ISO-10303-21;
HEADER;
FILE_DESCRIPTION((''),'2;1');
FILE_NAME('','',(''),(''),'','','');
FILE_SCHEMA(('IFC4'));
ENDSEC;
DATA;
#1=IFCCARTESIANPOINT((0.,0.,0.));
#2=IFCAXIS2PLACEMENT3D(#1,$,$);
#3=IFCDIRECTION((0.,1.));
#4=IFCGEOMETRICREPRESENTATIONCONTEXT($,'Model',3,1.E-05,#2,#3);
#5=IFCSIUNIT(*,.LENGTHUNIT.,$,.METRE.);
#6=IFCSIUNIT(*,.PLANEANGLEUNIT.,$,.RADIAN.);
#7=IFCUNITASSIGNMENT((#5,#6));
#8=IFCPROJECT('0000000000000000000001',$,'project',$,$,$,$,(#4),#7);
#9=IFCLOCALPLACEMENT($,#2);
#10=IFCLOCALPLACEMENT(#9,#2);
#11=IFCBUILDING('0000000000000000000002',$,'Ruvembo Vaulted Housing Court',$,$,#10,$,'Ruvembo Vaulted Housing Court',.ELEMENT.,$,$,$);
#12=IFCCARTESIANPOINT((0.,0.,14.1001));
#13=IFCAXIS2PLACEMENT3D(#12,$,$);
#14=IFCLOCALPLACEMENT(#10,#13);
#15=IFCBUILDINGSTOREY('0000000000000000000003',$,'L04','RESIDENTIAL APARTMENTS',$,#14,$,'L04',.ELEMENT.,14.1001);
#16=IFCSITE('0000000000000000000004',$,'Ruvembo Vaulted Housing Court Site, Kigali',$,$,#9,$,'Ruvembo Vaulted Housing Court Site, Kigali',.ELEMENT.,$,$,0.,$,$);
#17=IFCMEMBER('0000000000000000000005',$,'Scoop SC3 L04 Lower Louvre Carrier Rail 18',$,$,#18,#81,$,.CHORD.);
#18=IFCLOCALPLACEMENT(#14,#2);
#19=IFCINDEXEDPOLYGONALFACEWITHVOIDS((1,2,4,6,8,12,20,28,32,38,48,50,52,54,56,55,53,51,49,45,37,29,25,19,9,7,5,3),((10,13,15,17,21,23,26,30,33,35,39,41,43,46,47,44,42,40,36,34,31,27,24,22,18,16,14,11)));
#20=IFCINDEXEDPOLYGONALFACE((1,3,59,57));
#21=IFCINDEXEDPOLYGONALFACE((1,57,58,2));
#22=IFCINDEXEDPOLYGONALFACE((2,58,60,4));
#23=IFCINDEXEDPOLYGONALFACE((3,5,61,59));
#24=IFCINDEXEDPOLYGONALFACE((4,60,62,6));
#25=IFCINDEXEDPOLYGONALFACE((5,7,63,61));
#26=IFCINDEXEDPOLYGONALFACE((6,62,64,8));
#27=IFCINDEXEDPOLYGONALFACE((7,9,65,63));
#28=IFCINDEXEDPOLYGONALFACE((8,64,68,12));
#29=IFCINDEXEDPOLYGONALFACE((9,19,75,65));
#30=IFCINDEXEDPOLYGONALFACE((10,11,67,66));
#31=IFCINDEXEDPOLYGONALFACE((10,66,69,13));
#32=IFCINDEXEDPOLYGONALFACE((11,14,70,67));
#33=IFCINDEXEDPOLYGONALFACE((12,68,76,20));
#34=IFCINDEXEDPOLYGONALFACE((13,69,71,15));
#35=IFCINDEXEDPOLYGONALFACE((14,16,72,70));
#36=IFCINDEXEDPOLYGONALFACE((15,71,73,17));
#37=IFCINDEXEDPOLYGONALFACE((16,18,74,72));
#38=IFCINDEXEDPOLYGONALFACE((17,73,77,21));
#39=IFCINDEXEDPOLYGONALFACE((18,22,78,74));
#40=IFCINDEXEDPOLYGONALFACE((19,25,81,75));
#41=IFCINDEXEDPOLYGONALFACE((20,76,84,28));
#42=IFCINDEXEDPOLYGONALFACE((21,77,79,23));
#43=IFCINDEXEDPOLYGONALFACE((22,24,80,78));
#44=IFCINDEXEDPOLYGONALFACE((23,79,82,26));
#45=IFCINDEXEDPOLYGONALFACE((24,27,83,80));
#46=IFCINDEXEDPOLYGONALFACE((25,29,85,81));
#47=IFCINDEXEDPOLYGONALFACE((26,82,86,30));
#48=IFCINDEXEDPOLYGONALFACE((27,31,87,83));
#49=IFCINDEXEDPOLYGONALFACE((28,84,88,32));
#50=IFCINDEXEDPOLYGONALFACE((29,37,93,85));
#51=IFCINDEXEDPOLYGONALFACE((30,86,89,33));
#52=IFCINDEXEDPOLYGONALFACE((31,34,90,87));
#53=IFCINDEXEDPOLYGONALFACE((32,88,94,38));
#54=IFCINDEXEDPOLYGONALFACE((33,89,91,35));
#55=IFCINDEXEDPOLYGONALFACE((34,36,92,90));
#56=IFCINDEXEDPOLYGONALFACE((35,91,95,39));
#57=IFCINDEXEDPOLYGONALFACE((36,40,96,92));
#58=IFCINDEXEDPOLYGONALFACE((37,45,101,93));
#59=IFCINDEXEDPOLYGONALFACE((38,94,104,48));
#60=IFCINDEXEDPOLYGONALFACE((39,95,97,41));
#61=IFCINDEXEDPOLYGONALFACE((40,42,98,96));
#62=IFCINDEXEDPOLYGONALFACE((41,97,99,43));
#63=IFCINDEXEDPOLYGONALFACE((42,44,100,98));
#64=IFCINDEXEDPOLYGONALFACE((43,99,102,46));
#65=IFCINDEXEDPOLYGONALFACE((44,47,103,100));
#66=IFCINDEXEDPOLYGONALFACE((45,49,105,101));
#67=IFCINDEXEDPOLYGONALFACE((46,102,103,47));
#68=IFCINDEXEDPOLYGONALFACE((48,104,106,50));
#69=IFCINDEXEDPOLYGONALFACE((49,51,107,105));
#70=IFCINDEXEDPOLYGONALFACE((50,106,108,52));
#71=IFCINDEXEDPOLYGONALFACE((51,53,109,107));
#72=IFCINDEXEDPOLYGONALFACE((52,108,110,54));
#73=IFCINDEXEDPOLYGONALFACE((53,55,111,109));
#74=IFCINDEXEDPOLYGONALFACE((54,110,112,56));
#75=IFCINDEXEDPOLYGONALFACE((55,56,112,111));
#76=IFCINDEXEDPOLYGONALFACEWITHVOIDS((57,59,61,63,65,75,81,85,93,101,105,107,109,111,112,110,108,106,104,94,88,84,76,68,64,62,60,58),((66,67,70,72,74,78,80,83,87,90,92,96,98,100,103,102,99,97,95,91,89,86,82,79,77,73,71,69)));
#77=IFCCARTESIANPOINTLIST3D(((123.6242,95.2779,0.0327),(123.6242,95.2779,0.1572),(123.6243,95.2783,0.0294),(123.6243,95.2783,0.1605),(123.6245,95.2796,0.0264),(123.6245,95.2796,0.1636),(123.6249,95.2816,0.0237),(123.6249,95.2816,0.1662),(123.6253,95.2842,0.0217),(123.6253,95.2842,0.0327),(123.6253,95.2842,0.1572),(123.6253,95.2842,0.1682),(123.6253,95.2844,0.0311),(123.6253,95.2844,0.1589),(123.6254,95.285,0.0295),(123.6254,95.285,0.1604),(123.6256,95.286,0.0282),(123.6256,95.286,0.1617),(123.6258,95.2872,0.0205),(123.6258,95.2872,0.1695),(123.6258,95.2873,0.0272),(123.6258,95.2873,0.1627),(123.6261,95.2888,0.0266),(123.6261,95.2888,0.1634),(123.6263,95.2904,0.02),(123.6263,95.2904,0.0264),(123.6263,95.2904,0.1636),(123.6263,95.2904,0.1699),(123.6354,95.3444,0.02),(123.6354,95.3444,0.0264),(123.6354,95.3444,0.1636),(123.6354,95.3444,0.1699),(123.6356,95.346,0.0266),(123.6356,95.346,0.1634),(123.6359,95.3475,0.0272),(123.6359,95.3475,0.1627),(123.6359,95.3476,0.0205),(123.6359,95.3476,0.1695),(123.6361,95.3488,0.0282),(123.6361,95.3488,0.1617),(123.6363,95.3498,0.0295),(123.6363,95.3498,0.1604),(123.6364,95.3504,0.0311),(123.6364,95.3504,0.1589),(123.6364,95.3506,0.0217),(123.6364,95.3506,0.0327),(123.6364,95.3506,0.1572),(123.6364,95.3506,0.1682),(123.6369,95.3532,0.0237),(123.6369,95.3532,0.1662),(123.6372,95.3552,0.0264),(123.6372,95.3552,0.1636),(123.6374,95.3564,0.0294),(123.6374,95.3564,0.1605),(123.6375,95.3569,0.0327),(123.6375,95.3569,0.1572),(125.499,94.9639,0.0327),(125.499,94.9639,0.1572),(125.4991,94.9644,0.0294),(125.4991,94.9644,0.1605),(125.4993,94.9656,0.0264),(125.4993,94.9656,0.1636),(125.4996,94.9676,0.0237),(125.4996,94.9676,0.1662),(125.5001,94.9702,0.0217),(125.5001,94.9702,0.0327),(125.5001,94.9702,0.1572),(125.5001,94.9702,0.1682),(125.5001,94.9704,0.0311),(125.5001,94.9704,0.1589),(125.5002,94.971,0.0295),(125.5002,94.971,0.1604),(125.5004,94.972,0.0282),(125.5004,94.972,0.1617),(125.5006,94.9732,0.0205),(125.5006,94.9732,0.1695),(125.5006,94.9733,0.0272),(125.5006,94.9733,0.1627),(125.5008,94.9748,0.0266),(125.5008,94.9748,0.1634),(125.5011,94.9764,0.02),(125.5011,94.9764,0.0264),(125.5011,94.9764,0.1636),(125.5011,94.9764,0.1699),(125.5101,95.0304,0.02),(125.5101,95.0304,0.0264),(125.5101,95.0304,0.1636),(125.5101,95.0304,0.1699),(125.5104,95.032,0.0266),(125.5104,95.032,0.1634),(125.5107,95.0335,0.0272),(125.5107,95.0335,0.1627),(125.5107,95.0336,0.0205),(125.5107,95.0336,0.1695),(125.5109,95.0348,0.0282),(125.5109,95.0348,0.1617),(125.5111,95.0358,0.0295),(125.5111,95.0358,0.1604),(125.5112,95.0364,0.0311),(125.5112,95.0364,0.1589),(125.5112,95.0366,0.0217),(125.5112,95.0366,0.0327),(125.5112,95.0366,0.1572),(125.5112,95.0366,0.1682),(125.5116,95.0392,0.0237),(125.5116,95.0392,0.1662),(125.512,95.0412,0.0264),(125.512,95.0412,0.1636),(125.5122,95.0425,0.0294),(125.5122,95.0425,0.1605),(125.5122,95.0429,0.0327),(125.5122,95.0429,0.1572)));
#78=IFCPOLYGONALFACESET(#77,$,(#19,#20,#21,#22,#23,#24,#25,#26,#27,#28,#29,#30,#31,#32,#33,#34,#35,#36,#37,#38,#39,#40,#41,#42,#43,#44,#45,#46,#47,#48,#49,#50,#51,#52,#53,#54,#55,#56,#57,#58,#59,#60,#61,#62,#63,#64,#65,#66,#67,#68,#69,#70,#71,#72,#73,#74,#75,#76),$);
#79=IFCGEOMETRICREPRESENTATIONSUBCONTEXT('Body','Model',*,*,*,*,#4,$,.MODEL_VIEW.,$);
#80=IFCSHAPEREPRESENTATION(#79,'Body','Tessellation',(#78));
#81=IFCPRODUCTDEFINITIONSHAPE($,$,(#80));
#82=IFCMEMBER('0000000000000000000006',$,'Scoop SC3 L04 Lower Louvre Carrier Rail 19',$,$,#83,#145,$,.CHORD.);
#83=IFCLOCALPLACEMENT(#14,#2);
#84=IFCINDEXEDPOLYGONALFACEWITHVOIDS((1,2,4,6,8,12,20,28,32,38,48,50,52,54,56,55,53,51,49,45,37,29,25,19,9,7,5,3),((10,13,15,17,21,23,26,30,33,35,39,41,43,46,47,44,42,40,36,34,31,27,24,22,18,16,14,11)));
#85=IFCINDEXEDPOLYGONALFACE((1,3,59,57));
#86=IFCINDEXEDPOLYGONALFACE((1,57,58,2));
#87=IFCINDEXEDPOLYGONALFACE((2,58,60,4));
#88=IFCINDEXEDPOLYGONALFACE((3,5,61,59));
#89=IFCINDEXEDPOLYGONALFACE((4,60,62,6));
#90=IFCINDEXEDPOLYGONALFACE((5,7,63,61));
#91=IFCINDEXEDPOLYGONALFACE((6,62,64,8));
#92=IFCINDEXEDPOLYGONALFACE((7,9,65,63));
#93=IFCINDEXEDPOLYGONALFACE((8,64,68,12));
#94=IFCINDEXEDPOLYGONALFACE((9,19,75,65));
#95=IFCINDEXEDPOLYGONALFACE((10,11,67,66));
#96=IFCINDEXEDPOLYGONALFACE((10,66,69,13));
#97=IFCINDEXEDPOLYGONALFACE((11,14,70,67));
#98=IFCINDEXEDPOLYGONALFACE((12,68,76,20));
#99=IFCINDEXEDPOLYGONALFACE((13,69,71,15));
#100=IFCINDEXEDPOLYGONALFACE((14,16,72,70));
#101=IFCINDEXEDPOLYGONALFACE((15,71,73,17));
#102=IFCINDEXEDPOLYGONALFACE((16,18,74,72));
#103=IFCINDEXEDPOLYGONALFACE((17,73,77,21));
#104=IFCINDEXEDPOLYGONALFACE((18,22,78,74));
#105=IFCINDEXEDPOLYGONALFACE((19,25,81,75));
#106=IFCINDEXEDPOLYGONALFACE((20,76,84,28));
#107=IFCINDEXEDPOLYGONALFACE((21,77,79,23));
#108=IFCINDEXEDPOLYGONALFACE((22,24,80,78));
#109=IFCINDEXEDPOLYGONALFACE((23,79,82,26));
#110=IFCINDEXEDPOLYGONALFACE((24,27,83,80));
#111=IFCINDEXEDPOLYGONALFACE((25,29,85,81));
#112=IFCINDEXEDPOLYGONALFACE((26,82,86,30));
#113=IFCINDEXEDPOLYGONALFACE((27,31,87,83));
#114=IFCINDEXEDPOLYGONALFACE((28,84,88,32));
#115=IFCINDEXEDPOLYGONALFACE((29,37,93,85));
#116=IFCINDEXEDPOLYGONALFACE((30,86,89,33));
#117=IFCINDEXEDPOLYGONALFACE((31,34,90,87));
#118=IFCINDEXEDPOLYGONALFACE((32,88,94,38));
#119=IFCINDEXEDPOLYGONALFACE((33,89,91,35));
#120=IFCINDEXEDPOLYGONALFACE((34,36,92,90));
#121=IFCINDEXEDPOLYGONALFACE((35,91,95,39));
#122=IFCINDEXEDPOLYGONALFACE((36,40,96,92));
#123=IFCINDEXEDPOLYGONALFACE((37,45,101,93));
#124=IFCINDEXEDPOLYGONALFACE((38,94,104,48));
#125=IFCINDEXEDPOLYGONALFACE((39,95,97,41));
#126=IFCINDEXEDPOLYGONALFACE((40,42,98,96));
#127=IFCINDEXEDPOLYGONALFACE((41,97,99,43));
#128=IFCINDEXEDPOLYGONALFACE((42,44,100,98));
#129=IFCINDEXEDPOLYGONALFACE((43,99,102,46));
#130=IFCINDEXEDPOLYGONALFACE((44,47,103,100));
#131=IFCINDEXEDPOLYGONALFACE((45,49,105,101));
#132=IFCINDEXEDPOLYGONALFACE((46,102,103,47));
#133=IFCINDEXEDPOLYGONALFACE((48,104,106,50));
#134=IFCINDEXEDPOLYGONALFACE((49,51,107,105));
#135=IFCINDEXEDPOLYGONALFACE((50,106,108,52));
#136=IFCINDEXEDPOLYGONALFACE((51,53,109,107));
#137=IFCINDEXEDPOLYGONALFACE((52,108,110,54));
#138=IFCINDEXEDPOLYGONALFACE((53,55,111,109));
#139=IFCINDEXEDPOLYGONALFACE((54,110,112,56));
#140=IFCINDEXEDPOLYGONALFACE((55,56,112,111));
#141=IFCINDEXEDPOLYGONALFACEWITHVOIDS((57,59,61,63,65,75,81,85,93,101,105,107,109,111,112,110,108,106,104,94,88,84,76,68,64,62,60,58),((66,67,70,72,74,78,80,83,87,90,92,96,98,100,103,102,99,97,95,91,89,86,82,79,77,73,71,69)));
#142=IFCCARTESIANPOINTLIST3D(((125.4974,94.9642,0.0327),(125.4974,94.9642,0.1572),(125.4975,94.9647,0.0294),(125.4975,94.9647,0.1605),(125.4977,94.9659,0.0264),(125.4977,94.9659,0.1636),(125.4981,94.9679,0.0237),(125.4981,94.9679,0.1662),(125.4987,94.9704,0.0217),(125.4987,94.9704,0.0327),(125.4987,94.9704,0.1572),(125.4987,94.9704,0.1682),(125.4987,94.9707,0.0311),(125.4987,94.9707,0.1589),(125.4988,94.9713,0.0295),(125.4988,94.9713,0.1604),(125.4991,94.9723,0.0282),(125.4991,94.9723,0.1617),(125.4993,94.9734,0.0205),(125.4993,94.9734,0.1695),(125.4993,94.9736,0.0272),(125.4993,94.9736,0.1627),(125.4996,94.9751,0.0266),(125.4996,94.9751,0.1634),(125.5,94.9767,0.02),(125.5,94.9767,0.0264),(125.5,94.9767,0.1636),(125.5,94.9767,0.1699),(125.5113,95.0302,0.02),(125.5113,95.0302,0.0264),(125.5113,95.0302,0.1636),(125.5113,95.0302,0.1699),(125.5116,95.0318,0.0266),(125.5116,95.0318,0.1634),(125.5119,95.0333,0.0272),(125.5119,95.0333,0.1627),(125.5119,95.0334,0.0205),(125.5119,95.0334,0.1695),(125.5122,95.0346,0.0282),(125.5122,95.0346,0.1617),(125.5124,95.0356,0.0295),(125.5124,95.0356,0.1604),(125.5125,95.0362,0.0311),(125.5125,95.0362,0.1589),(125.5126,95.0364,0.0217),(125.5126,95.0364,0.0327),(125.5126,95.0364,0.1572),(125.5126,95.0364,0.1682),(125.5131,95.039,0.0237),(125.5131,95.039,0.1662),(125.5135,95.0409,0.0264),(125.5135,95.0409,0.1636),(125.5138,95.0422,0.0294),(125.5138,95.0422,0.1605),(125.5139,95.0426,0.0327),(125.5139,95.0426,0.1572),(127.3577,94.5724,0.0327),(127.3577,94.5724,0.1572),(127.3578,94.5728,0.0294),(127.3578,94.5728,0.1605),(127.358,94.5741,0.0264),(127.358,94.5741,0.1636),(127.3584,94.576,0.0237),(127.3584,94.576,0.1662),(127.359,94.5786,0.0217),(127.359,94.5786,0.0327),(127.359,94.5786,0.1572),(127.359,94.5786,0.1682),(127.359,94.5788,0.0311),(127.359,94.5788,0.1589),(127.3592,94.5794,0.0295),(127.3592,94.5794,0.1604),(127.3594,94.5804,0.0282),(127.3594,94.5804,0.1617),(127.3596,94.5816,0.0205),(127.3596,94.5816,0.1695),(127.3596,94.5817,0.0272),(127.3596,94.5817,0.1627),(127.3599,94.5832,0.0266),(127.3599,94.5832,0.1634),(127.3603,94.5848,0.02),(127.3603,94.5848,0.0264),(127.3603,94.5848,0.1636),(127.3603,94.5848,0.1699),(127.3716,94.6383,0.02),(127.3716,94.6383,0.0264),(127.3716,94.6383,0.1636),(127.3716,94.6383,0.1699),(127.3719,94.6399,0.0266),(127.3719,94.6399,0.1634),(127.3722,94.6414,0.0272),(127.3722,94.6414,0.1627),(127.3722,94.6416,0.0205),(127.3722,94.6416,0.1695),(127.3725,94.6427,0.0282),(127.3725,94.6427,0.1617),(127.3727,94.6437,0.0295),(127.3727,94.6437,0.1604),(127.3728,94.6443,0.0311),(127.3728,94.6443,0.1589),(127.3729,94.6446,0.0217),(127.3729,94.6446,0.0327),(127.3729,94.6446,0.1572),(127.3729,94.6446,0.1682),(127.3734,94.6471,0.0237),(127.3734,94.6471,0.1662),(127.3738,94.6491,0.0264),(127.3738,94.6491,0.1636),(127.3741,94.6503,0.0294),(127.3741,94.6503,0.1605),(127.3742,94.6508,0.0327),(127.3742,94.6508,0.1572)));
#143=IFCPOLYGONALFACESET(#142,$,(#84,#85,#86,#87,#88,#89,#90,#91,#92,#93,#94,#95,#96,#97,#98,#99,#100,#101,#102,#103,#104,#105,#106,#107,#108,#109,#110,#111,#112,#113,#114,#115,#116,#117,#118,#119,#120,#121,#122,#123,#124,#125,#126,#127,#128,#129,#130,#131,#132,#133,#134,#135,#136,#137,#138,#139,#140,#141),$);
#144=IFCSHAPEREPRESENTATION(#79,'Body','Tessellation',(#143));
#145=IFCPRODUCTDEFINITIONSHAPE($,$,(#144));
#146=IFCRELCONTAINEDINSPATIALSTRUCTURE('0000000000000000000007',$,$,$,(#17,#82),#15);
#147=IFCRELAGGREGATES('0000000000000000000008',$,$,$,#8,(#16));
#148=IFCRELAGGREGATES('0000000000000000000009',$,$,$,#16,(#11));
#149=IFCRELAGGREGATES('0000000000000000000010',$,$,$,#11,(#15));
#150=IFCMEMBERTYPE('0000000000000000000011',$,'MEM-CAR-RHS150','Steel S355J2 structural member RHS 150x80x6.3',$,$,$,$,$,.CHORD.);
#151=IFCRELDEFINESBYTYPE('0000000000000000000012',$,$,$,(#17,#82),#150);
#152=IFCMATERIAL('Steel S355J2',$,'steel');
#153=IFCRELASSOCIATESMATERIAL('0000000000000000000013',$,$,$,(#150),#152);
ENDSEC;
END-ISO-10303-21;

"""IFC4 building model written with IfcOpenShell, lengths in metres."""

from ifc_helpers import new_model, si_unit, direction, frame, origin, origin_2d, place, context, subcontext, project, spatial, hollow_rectangle, extrude, material, material_profile, profile_set, type_object, element, save


model = new_model("IFC4")

# Units and contexts
model_context = context("Model", 3, precision=1e-05, world=origin(), true_north=direction((0.0, 1.0)))
body_context = subcontext(model_context, "Body", "Model", "MODEL_VIEW")
ifc_project = project(units=[si_unit("LENGTHUNIT", "METRE"), si_unit("PLANEANGLEUNIT", "RADIAN")], contexts=[model_context])

# Site, building, storey
site_placement = place(None, origin())
site = spatial("IfcSite", under=ifc_project, at=site_placement, Name="Ruvembo Vaulted Housing Court Site, Kigali", LongName="Ruvembo Vaulted Housing Court Site, Kigali", CompositionType="ELEMENT", RefElevation=0.0)
building_placement = place(site_placement, origin())
building = spatial("IfcBuilding", under=site, at=building_placement, Name="Ruvembo Vaulted Housing Court", LongName="Ruvembo Vaulted Housing Court", CompositionType="ELEMENT")
storey_placement = place(building_placement, frame((0.0, 0.0, 14.1001)))
storey = spatial("IfcBuildingStorey", under=building, at=storey_placement, Name="L04", Description="RESIDENTIAL APARTMENTS", LongName="L04", CompositionType="ELEMENT", Elevation=14.1001)

# Shared definitions
ifc_material_1 = material(Name="Steel S355J2", Category="steel")

# Members
ifc_material_profile_1 = material_profile(ifc_material_1, hollow_rectangle(XDim=0.0801, YDim=0.1499, WallThickness=0.0063, InnerFilletRadius=0.0063, OuterFilletRadius=0.0127, at=origin_2d()), Name="RHS 150x80x6.3")
ifc_profile_set_1 = profile_set([ifc_material_profile_1], Name="Steel S355J2")
member_type_1 = type_object("IfcMemberType", Name="MEM-CAR-RHS150", Description="Steel S355J2 structural member RHS 150x80x6.3", PredefinedType="CHORD", material=ifc_profile_set_1)
member_1_placement = place(storey_placement, frame((123.6309, 95.3174, 0.095), z_axis=(0.986265, -0.16517, 0.0), x_axis=(0.16517, 0.986265, 0.0)))
element("IfcMember", 1, at=member_1_placement, inside=storey, type_object=member_type_1, Name="Scoop SC3 L04 Lower Louvre Carrier Rail 18", PredefinedType="CHORD", context=body_context, shape_type="SweptSolid", body=[
    extrude(hollow_rectangle(XDim=0.0801, YDim=0.1499, WallThickness=0.0063, InnerFilletRadius=0.0063, OuterFilletRadius=0.0127, at=origin_2d()), origin(), (0.0, 0.0, 1.0), 1.9009),
])
member_2_placement = place(storey_placement, frame((125.5056, 95.0034, 0.095), z_axis=(0.978529, -0.206108, 0.0), x_axis=(0.206108, 0.978529, 0.0)))
element("IfcMember", 2, at=member_2_placement, inside=storey, type_object=member_type_1, Name="Scoop SC3 L04 Lower Louvre Carrier Rail 19", PredefinedType="CHORD", context=body_context, shape_type="SweptSolid", body=[
    extrude(hollow_rectangle(XDim=0.0801, YDim=0.1499, WallThickness=0.0063, InnerFilletRadius=0.0063, OuterFilletRadius=0.0127, at=origin_2d()), origin(), (0.0, 0.0, 1.0), 1.9011),
])

save(model, "model.ifc")
